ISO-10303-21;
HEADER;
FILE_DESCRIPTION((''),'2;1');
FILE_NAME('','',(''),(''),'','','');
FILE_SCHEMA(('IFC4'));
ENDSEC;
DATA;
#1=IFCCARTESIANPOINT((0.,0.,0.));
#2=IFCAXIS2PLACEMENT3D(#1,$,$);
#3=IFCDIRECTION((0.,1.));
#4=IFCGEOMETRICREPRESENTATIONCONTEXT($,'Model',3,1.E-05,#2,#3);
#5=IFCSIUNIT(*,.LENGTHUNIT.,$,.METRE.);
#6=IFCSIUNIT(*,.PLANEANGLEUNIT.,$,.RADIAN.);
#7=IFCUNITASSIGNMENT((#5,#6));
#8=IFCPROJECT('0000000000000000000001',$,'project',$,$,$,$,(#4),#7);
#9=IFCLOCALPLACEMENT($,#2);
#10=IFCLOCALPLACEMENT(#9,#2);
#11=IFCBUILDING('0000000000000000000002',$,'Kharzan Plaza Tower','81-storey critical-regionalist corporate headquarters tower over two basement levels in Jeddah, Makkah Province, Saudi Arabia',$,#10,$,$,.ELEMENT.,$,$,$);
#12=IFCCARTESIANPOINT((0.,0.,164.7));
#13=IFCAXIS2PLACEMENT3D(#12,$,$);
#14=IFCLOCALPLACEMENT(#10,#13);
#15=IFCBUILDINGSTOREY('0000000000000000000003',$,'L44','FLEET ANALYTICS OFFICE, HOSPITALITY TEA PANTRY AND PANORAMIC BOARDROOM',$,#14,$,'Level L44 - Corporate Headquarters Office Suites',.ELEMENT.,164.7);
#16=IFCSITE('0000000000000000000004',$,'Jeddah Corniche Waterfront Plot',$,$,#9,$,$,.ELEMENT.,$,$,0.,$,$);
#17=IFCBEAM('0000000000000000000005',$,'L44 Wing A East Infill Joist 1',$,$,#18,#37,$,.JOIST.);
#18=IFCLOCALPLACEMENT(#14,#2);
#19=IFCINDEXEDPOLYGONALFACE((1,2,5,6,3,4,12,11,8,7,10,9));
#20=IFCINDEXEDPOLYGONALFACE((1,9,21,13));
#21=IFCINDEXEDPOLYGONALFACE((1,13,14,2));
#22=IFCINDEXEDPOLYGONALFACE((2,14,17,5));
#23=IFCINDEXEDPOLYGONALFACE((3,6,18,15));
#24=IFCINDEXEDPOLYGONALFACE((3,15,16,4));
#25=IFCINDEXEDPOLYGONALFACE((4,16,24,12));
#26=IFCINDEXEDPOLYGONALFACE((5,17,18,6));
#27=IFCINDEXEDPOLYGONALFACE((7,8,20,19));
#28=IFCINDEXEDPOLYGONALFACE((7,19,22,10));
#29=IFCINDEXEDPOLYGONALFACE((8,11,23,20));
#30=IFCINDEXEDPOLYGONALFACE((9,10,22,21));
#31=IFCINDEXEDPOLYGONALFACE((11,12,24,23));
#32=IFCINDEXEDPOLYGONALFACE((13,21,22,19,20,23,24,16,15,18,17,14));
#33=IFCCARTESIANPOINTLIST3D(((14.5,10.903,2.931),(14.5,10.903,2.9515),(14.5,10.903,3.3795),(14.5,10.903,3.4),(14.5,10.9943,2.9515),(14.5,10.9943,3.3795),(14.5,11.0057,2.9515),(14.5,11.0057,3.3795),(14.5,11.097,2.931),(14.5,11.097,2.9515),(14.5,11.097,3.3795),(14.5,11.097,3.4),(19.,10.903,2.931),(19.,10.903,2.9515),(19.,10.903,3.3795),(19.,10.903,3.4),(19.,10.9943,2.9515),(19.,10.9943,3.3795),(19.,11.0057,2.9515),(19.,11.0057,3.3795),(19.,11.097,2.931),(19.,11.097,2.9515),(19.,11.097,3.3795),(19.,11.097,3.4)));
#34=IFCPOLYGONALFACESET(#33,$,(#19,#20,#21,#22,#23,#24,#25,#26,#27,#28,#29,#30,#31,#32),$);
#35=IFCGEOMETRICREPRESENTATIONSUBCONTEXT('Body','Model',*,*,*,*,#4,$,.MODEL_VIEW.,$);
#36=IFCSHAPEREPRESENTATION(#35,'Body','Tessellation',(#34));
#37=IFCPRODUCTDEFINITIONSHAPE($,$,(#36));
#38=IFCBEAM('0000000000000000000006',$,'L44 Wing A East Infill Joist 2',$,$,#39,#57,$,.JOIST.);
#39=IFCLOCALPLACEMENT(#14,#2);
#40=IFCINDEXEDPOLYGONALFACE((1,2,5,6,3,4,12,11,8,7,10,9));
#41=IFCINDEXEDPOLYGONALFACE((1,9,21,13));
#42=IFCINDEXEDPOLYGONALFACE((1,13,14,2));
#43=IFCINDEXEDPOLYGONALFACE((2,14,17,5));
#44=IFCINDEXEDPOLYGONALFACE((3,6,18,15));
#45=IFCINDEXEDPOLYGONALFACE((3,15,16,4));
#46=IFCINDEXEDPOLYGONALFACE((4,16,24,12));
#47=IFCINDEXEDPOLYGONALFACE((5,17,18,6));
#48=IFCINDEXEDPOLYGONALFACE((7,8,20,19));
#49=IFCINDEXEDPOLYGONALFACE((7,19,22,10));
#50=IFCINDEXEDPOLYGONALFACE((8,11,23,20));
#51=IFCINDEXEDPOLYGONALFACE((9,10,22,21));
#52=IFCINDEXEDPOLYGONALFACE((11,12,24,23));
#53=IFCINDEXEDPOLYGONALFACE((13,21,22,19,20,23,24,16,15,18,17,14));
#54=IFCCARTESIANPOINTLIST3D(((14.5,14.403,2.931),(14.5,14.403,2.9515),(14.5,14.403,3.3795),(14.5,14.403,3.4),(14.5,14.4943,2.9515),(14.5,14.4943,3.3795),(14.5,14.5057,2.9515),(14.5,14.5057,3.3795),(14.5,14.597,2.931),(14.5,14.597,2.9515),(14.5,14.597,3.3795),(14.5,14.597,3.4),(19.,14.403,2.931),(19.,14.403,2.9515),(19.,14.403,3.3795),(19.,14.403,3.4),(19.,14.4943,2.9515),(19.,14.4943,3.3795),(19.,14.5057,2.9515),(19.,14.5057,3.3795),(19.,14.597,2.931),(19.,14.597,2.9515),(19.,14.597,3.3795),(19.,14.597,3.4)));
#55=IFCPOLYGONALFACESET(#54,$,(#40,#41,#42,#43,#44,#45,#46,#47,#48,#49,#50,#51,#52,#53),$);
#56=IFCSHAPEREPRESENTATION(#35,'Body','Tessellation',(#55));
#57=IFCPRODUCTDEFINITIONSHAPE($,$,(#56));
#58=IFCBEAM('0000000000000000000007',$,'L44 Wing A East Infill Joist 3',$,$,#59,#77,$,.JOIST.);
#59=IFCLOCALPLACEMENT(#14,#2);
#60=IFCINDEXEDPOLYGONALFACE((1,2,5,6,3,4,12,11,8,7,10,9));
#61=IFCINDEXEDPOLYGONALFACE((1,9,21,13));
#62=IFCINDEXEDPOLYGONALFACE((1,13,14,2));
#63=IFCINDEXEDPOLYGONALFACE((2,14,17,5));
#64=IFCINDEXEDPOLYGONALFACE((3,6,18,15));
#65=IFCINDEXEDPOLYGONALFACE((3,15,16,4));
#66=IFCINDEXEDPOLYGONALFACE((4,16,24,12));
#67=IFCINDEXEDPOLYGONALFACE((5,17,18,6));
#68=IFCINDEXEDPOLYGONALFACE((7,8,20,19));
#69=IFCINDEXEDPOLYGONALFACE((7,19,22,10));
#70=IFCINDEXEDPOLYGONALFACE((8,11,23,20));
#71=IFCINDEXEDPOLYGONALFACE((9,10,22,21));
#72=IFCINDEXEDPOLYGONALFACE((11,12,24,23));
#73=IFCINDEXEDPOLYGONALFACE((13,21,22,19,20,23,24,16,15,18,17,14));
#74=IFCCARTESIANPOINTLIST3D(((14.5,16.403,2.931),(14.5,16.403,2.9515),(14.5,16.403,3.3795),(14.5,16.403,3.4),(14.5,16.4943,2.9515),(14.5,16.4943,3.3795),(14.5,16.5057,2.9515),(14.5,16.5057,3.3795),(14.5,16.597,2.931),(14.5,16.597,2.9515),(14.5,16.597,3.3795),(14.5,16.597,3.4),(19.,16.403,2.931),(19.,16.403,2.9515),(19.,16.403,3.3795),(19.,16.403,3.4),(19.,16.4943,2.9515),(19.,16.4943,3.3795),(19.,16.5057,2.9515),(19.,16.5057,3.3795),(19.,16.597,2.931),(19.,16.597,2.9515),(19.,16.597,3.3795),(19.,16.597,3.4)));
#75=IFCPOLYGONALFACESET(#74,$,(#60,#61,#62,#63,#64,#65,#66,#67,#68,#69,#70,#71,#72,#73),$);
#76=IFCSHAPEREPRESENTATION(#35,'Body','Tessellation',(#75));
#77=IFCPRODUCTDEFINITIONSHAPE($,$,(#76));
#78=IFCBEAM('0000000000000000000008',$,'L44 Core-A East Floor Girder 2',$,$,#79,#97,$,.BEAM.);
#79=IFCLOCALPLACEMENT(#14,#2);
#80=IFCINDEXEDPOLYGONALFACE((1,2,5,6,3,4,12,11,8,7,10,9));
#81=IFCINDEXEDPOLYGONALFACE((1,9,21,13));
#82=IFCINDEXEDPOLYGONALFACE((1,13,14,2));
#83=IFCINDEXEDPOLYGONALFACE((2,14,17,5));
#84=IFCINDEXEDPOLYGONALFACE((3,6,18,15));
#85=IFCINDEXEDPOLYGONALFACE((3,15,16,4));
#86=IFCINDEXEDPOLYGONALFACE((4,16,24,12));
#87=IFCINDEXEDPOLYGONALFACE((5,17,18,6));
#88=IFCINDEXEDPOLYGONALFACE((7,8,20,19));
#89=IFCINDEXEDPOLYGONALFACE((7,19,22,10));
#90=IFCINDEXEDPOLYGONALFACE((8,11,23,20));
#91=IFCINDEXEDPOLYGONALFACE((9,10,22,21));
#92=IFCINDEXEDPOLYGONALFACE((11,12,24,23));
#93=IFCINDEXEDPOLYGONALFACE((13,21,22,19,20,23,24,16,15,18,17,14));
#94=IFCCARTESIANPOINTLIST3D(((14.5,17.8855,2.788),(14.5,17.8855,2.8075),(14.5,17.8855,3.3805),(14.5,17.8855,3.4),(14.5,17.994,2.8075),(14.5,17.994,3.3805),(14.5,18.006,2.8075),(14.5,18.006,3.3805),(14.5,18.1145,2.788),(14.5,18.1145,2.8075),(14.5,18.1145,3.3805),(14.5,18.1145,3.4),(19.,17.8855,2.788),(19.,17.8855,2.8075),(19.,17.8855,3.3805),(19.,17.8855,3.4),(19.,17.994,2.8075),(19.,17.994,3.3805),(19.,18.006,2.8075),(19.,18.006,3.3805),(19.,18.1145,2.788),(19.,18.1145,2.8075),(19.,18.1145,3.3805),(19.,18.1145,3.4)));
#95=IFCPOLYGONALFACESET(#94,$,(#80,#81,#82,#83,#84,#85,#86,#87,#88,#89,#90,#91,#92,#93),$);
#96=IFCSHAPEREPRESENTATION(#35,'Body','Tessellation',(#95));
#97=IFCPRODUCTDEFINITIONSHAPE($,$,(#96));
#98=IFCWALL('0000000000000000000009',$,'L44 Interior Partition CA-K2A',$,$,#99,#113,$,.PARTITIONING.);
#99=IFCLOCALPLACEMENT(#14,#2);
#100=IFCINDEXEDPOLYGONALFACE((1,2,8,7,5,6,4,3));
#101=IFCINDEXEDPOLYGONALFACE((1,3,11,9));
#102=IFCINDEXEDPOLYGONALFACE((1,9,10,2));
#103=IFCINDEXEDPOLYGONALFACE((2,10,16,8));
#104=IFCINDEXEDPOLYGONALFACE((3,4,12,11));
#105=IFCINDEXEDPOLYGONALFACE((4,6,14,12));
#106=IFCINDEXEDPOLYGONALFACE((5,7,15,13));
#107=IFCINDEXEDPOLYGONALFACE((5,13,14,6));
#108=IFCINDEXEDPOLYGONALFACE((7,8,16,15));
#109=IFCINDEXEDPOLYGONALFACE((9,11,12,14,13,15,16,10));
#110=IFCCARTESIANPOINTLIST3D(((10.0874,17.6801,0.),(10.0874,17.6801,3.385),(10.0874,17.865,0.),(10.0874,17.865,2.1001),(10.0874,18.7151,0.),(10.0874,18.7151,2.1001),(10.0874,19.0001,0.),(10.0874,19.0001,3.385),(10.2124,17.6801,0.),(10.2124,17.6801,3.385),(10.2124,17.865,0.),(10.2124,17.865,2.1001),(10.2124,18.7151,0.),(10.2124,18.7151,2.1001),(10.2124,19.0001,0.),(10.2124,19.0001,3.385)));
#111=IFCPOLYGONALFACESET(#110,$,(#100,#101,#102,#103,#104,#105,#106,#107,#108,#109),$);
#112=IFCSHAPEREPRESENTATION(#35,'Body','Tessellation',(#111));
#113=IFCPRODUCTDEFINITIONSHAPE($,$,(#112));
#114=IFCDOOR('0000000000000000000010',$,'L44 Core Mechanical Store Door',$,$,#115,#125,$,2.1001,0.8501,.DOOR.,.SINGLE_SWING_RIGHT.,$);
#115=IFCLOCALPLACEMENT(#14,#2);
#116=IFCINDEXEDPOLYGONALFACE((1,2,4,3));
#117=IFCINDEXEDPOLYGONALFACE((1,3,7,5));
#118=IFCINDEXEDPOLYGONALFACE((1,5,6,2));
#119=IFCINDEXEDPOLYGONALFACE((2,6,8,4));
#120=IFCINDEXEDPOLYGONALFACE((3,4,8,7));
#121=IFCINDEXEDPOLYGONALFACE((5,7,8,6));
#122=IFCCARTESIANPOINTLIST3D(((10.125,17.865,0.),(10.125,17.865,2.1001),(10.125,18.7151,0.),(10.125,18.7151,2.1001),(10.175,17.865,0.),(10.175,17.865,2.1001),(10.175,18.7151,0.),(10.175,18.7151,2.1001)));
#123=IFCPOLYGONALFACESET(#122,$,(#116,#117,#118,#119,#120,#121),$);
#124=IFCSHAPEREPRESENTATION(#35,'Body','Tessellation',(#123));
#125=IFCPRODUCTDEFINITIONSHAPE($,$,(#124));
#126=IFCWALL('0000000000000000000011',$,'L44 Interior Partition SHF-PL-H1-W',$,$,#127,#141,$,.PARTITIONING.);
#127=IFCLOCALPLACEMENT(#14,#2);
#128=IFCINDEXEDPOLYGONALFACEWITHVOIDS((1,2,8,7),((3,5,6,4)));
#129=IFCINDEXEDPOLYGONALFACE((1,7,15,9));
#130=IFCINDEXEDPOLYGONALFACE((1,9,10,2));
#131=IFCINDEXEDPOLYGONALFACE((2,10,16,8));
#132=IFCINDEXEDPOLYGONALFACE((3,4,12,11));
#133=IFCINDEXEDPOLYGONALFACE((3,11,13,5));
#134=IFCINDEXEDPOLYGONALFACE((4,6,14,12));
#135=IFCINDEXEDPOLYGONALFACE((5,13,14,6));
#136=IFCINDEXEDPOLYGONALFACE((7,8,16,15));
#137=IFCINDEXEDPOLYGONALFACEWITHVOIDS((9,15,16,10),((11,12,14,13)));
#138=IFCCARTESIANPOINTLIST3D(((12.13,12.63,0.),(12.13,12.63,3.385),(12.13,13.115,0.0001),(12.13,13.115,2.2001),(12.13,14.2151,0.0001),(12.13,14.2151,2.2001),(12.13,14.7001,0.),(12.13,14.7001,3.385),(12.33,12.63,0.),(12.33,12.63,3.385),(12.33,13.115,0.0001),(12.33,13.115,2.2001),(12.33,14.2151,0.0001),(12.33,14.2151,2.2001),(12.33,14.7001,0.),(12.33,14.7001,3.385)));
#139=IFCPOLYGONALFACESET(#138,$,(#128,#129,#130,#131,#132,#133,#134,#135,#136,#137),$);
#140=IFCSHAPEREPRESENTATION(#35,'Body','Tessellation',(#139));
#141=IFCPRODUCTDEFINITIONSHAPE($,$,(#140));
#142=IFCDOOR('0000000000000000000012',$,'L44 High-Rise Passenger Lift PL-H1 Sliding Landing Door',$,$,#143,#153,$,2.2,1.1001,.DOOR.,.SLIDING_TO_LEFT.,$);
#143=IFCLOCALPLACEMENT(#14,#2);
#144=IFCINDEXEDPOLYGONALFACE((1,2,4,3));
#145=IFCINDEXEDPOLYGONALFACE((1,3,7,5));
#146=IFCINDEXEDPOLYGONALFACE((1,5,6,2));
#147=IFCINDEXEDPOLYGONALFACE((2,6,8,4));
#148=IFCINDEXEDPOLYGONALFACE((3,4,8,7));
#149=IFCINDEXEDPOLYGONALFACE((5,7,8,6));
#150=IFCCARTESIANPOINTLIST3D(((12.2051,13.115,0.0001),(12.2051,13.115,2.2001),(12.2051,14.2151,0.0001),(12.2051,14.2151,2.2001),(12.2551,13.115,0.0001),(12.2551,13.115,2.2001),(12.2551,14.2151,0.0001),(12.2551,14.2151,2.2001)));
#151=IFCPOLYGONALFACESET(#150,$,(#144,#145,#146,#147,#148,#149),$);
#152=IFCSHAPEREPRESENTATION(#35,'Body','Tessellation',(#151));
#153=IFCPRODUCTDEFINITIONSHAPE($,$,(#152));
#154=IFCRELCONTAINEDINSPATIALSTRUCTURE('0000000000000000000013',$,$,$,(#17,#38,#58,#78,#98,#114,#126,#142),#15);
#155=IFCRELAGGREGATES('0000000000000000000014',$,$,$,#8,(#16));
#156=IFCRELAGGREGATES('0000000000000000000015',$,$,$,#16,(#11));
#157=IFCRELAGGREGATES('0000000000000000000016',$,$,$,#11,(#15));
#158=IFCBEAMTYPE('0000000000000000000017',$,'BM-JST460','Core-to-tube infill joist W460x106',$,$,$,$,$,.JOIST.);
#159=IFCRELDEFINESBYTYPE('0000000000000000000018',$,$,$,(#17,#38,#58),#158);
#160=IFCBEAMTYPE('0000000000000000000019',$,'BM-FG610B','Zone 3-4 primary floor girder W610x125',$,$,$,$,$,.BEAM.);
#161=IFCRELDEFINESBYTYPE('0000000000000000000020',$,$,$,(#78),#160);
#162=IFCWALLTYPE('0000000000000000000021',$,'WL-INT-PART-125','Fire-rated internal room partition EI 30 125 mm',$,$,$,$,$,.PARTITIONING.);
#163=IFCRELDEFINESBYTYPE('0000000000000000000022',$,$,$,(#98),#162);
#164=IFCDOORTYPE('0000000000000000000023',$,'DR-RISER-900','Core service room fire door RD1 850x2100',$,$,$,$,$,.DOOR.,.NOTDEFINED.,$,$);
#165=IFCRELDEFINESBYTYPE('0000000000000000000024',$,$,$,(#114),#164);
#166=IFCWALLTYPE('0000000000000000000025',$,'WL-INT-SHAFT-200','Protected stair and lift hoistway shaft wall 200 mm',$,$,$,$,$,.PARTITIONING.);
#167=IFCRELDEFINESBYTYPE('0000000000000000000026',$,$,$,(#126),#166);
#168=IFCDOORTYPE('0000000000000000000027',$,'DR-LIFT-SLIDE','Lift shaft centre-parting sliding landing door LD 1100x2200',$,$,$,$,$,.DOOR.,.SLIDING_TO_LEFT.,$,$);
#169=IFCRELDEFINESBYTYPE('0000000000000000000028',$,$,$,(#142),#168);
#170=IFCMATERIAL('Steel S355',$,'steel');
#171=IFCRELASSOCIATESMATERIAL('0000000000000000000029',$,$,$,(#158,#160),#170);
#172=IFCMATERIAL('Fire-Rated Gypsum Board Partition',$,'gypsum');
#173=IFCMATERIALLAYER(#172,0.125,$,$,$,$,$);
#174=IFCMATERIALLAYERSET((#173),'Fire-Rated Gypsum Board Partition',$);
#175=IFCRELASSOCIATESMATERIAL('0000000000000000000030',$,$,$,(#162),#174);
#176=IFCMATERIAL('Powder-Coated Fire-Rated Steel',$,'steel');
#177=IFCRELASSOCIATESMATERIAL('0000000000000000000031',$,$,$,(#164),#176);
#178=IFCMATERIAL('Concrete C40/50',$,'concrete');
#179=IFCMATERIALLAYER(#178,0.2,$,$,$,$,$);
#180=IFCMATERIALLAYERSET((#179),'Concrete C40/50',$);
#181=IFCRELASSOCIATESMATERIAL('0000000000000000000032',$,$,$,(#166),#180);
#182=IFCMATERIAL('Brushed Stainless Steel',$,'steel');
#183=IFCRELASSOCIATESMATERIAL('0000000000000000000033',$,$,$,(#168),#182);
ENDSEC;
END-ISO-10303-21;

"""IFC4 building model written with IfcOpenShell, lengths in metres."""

from ifc_helpers import new_model, si_unit, direction, frame, frame_2d, origin, origin_2d, place, context, subcontext, project, spatial, rectangle, i_section, extrude, source, transform, mapped, material, layer, layer_set, material_profile, profile_set, type_object, element, fill, save


model = new_model("IFC4")

# Units and contexts
model_context = context("Model", 3, precision=1e-05, world=origin(), true_north=direction((0.0, 1.0)))
body_context = subcontext(model_context, "Body", "Model", "MODEL_VIEW")
ifc_project = project(units=[si_unit("LENGTHUNIT", "METRE"), si_unit("PLANEANGLEUNIT", "RADIAN")], contexts=[model_context])

# Site, building, storey
site_placement = place(None, origin())
site = spatial("IfcSite", under=ifc_project, at=site_placement, Name="Jeddah Corniche Waterfront Plot", CompositionType="ELEMENT", RefElevation=0.0)
building_placement = place(site_placement, origin())
building = spatial("IfcBuilding", under=site, at=building_placement, Name="Kharzan Plaza Tower", Description="81-storey critical-regionalist corporate headquarters tower over two basement levels in Jeddah, Makkah Province, Saudi Arabia", CompositionType="ELEMENT")
storey_placement = place(building_placement, frame((0.0, 0.0, 164.7)))
storey = spatial("IfcBuildingStorey", under=building, at=storey_placement, Name="L44", Description="FLEET ANALYTICS OFFICE, HOSPITALITY TEA PANTRY AND PANORAMIC BOARDROOM", LongName="Level L44 - Corporate Headquarters Office Suites", CompositionType="ELEMENT", Elevation=164.7)

# Beams
ifc_material_1 = material(Name="Steel S355", Category="steel")
ifc_material_profile_1 = material_profile(ifc_material_1, i_section(OverallWidth=0.1941, OverallDepth=0.469, WebThickness=0.0115, FlangeThickness=0.0205, at=origin_2d()), Name="W460x106")
ifc_profile_set_1 = profile_set([ifc_material_profile_1], Name="Steel S355")
beam_type_1 = type_object("IfcBeamType", Name="BM-JST460", Description="Core-to-tube infill joist W460x106", PredefinedType="JOIST", material=ifc_profile_set_1)
shared_shape_1 = source(origin(), body_context, "Body", "SweptSolid", [
    extrude(i_section(OverallWidth=0.1941, OverallDepth=0.469, WebThickness=0.0115, FlangeThickness=0.0205, at=origin_2d()), origin(), (0.0, 0.0, 1.0), 4.5),
])
for number, where, z_axis, x_axis, name in (
    (1, (14.5, 11.0, 3.1655), (1.0, 0.0, 0.0), (0.0, 1.0, 0.0), "L44 Wing A East Infill Joist 1"),
    (2, (14.5, 14.5, 3.1655), (1.0, 0.0, 0.0), (0.0, 1.0, 0.0), "L44 Wing A East Infill Joist 2"),
    (3, (14.5, 16.5, 3.1655), (1.0, 0.0, 0.0), (0.0, 1.0, 0.0), "L44 Wing A East Infill Joist 3"),
):
    element("IfcBeam", number, at=place(storey_placement, frame(where, z_axis=z_axis, x_axis=x_axis)), inside=storey, type_object=beam_type_1, Name=name, PredefinedType="JOIST", context=body_context, shape_type="MappedRepresentation", body=[
        mapped(shared_shape_1, transform((0.0, 0.0, 0.0), x_axis=(1.0, 0.0, 0.0), y_axis=(0.0, 1.0, 0.0), z_axis=(0.0, 0.0, 1.0))),
    ])
ifc_material_profile_2 = material_profile(ifc_material_1, i_section(OverallWidth=0.229, OverallDepth=0.6121, WebThickness=0.012, FlangeThickness=0.0195, at=origin_2d()), Name="W610x125")
ifc_profile_set_2 = profile_set([ifc_material_profile_2], Name="Steel S355")
beam_type_2 = type_object("IfcBeamType", Name="BM-FG610B", Description="Zone 3-4 primary floor girder W610x125", PredefinedType="BEAM", material=ifc_profile_set_2)
shared_shape_2 = source(origin(), body_context, "Body", "SweptSolid", [
    extrude(i_section(OverallWidth=0.229, OverallDepth=0.6121, WebThickness=0.012, FlangeThickness=0.0195, at=origin_2d()), origin(), (0.0, 0.0, 1.0), 4.5),
])
beam_placement = place(storey_placement, frame((14.5, 18.0, 3.094), z_axis=(1.0, 0.0, 0.0), x_axis=(0.0, 1.0, 0.0)))
element("IfcBeam", 4, at=beam_placement, inside=storey, type_object=beam_type_2, Name="L44 Core-A East Floor Girder 2", PredefinedType="BEAM", context=body_context, shape_type="MappedRepresentation", body=[
    mapped(shared_shape_2, transform((0.0, 0.0, 0.0), x_axis=(1.0, 0.0, 0.0), y_axis=(0.0, 1.0, 0.0), z_axis=(0.0, 0.0, 1.0))),
])

# Walls, openings, doors
ifc_material_2 = material(Name="Fire-Rated Gypsum Board Partition", Category="gypsum")
ifc_layer_1 = layer(ifc_material_2, 0.125)
ifc_layer_set_1 = layer_set([ifc_layer_1], Name="Fire-Rated Gypsum Board Partition")
wall_type_1 = type_object("IfcWallType", Name="WL-INT-PART-125", Description="Fire-rated internal room partition EI 30 125 mm", PredefinedType="PARTITIONING", material=ifc_layer_set_1)
wall_1_placement = place(storey_placement, frame((10.1499, 17.6799, 0.0), z_axis=(0.0, 0.0, 1.0), x_axis=(0.0, 1.0, 0.0)))
wall_1 = element("IfcWall", 5, at=wall_1_placement, inside=storey, type_object=wall_type_1, Name="L44 Interior Partition CA-K2A", PredefinedType="PARTITIONING", context=body_context, shape_type="SweptSolid", body=[
    extrude(rectangle(XDim=1.3201, YDim=0.125, at=frame_2d((0.6602, 0.0))), origin(), (0.0, 0.0, 1.0), 3.385),
])
opening_1_placement = place(wall_1_placement, frame((0.1851, 0.0, 0.0)))
opening_1 = element("IfcOpeningElement", 6, at=opening_1_placement, cuts=wall_1, PredefinedType="OPENING", context=body_context, shape_type="SweptSolid", body=[
    extrude(rectangle(XDim=0.8501, YDim=2.1001, at=frame_2d((0.425, 1.05))), frame((0.0, 0.0725, 0.0), z_axis=(0.0, -1.0, 0.0), x_axis=(1.0, 0.0, 0.0)), (0.0, 0.0, 1.0), 0.145),
])
ifc_material_3 = material(Name="Powder-Coated Fire-Rated Steel", Category="steel")
door_type_1 = type_object("IfcDoorType", Name="DR-RISER-900", Description="Core service room fire door RD1 850x2100", OperationType="NOTDEFINED", PredefinedType="DOOR", material=ifc_material_3)
shared_shape_3 = source(origin(), body_context, "Body", "SweptSolid", [
    extrude(rectangle(XDim=0.8501, YDim=2.1001, at=frame_2d((0.425, 1.05))), frame((0.0, 0.0249, 0.0), z_axis=(0.0, -1.0, 0.0), x_axis=(1.0, 0.0, 0.0)), (0.0, 0.0, 1.0), 0.05),
])
door_1_placement = place(opening_1_placement, origin())
door_1 = element("IfcDoor", 7, at=door_1_placement, inside=storey, type_object=door_type_1, Name="L44 Core Mechanical Store Door", OperationType="SINGLE_SWING_RIGHT", OverallHeight=2.1001, OverallWidth=0.8501, PredefinedType="DOOR", context=body_context, shape_type="MappedRepresentation", body=[
    mapped(shared_shape_3, transform((0.0, 0.0, 0.0), x_axis=(1.0, 0.0, 0.0), y_axis=(0.0, 1.0, 0.0), z_axis=(0.0, 0.0, 1.0))),
])
fill(opening_1, door_1)
ifc_material_4 = material(Name="Concrete C40/50", Category="concrete")
ifc_layer_2 = layer(ifc_material_4, 0.2)
ifc_layer_set_2 = layer_set([ifc_layer_2], Name="Concrete C40/50")
wall_type_2 = type_object("IfcWallType", Name="WL-INT-SHAFT-200", Description="Protected stair and lift hoistway shaft wall 200 mm", PredefinedType="PARTITIONING", material=ifc_layer_set_2)
wall_2_placement = place(storey_placement, frame((12.23, 12.6299, 0.0), z_axis=(0.0, 0.0, 1.0), x_axis=(0.0, 1.0, 0.0)))
wall_2 = element("IfcWall", 8, at=wall_2_placement, inside=storey, type_object=wall_type_2, Name="L44 Interior Partition SHF-PL-H1-W", PredefinedType="PARTITIONING", context=body_context, shape_type="SweptSolid", body=[
    extrude(rectangle(XDim=2.0701, YDim=0.2, at=frame_2d((1.0352, 0.0))), origin(), (0.0, 0.0, 1.0), 3.385),
])
opening_2_placement = place(wall_2_placement, frame((0.4851, 0.0, 0.0)))
opening_2 = element("IfcOpeningElement", 9, at=opening_2_placement, cuts=wall_2, PredefinedType="OPENING", context=body_context, shape_type="SweptSolid", body=[
    extrude(rectangle(XDim=1.1001, YDim=2.2, at=frame_2d((0.55, 1.1001))), frame((0.0, 0.1099, 0.0), z_axis=(0.0, -1.0, 0.0), x_axis=(1.0, 0.0, 0.0)), (0.0, 0.0, 1.0), 0.22),
])
ifc_material_5 = material(Name="Brushed Stainless Steel", Category="steel")
door_type_2 = type_object("IfcDoorType", Name="DR-LIFT-SLIDE", Description="Lift shaft centre-parting sliding landing door LD 1100x2200", OperationType="SLIDING_TO_LEFT", PredefinedType="DOOR", material=ifc_material_5)
shared_shape_4 = source(origin(), body_context, "Body", "SweptSolid", [
    extrude(rectangle(XDim=1.1001, YDim=2.2, at=frame_2d((0.55, 1.1001))), frame((0.0, 0.0249, 0.0), z_axis=(0.0, -1.0, 0.0), x_axis=(1.0, 0.0, 0.0)), (0.0, 0.0, 1.0), 0.05),
])
door_2_placement = place(opening_2_placement, origin())
door_2 = element("IfcDoor", 10, at=door_2_placement, inside=storey, type_object=door_type_2, Name="L44 High-Rise Passenger Lift PL-H1 Sliding Landing Door", OperationType="SLIDING_TO_LEFT", OverallHeight=2.2, OverallWidth=1.1001, PredefinedType="DOOR", context=body_context, shape_type="MappedRepresentation", body=[
    mapped(shared_shape_4, transform((0.0, 0.0, 0.0), x_axis=(1.0, 0.0, 0.0), y_axis=(0.0, 1.0, 0.0), z_axis=(0.0, 0.0, 1.0))),
])
fill(opening_2, door_2)

save(model, "model.ifc")
